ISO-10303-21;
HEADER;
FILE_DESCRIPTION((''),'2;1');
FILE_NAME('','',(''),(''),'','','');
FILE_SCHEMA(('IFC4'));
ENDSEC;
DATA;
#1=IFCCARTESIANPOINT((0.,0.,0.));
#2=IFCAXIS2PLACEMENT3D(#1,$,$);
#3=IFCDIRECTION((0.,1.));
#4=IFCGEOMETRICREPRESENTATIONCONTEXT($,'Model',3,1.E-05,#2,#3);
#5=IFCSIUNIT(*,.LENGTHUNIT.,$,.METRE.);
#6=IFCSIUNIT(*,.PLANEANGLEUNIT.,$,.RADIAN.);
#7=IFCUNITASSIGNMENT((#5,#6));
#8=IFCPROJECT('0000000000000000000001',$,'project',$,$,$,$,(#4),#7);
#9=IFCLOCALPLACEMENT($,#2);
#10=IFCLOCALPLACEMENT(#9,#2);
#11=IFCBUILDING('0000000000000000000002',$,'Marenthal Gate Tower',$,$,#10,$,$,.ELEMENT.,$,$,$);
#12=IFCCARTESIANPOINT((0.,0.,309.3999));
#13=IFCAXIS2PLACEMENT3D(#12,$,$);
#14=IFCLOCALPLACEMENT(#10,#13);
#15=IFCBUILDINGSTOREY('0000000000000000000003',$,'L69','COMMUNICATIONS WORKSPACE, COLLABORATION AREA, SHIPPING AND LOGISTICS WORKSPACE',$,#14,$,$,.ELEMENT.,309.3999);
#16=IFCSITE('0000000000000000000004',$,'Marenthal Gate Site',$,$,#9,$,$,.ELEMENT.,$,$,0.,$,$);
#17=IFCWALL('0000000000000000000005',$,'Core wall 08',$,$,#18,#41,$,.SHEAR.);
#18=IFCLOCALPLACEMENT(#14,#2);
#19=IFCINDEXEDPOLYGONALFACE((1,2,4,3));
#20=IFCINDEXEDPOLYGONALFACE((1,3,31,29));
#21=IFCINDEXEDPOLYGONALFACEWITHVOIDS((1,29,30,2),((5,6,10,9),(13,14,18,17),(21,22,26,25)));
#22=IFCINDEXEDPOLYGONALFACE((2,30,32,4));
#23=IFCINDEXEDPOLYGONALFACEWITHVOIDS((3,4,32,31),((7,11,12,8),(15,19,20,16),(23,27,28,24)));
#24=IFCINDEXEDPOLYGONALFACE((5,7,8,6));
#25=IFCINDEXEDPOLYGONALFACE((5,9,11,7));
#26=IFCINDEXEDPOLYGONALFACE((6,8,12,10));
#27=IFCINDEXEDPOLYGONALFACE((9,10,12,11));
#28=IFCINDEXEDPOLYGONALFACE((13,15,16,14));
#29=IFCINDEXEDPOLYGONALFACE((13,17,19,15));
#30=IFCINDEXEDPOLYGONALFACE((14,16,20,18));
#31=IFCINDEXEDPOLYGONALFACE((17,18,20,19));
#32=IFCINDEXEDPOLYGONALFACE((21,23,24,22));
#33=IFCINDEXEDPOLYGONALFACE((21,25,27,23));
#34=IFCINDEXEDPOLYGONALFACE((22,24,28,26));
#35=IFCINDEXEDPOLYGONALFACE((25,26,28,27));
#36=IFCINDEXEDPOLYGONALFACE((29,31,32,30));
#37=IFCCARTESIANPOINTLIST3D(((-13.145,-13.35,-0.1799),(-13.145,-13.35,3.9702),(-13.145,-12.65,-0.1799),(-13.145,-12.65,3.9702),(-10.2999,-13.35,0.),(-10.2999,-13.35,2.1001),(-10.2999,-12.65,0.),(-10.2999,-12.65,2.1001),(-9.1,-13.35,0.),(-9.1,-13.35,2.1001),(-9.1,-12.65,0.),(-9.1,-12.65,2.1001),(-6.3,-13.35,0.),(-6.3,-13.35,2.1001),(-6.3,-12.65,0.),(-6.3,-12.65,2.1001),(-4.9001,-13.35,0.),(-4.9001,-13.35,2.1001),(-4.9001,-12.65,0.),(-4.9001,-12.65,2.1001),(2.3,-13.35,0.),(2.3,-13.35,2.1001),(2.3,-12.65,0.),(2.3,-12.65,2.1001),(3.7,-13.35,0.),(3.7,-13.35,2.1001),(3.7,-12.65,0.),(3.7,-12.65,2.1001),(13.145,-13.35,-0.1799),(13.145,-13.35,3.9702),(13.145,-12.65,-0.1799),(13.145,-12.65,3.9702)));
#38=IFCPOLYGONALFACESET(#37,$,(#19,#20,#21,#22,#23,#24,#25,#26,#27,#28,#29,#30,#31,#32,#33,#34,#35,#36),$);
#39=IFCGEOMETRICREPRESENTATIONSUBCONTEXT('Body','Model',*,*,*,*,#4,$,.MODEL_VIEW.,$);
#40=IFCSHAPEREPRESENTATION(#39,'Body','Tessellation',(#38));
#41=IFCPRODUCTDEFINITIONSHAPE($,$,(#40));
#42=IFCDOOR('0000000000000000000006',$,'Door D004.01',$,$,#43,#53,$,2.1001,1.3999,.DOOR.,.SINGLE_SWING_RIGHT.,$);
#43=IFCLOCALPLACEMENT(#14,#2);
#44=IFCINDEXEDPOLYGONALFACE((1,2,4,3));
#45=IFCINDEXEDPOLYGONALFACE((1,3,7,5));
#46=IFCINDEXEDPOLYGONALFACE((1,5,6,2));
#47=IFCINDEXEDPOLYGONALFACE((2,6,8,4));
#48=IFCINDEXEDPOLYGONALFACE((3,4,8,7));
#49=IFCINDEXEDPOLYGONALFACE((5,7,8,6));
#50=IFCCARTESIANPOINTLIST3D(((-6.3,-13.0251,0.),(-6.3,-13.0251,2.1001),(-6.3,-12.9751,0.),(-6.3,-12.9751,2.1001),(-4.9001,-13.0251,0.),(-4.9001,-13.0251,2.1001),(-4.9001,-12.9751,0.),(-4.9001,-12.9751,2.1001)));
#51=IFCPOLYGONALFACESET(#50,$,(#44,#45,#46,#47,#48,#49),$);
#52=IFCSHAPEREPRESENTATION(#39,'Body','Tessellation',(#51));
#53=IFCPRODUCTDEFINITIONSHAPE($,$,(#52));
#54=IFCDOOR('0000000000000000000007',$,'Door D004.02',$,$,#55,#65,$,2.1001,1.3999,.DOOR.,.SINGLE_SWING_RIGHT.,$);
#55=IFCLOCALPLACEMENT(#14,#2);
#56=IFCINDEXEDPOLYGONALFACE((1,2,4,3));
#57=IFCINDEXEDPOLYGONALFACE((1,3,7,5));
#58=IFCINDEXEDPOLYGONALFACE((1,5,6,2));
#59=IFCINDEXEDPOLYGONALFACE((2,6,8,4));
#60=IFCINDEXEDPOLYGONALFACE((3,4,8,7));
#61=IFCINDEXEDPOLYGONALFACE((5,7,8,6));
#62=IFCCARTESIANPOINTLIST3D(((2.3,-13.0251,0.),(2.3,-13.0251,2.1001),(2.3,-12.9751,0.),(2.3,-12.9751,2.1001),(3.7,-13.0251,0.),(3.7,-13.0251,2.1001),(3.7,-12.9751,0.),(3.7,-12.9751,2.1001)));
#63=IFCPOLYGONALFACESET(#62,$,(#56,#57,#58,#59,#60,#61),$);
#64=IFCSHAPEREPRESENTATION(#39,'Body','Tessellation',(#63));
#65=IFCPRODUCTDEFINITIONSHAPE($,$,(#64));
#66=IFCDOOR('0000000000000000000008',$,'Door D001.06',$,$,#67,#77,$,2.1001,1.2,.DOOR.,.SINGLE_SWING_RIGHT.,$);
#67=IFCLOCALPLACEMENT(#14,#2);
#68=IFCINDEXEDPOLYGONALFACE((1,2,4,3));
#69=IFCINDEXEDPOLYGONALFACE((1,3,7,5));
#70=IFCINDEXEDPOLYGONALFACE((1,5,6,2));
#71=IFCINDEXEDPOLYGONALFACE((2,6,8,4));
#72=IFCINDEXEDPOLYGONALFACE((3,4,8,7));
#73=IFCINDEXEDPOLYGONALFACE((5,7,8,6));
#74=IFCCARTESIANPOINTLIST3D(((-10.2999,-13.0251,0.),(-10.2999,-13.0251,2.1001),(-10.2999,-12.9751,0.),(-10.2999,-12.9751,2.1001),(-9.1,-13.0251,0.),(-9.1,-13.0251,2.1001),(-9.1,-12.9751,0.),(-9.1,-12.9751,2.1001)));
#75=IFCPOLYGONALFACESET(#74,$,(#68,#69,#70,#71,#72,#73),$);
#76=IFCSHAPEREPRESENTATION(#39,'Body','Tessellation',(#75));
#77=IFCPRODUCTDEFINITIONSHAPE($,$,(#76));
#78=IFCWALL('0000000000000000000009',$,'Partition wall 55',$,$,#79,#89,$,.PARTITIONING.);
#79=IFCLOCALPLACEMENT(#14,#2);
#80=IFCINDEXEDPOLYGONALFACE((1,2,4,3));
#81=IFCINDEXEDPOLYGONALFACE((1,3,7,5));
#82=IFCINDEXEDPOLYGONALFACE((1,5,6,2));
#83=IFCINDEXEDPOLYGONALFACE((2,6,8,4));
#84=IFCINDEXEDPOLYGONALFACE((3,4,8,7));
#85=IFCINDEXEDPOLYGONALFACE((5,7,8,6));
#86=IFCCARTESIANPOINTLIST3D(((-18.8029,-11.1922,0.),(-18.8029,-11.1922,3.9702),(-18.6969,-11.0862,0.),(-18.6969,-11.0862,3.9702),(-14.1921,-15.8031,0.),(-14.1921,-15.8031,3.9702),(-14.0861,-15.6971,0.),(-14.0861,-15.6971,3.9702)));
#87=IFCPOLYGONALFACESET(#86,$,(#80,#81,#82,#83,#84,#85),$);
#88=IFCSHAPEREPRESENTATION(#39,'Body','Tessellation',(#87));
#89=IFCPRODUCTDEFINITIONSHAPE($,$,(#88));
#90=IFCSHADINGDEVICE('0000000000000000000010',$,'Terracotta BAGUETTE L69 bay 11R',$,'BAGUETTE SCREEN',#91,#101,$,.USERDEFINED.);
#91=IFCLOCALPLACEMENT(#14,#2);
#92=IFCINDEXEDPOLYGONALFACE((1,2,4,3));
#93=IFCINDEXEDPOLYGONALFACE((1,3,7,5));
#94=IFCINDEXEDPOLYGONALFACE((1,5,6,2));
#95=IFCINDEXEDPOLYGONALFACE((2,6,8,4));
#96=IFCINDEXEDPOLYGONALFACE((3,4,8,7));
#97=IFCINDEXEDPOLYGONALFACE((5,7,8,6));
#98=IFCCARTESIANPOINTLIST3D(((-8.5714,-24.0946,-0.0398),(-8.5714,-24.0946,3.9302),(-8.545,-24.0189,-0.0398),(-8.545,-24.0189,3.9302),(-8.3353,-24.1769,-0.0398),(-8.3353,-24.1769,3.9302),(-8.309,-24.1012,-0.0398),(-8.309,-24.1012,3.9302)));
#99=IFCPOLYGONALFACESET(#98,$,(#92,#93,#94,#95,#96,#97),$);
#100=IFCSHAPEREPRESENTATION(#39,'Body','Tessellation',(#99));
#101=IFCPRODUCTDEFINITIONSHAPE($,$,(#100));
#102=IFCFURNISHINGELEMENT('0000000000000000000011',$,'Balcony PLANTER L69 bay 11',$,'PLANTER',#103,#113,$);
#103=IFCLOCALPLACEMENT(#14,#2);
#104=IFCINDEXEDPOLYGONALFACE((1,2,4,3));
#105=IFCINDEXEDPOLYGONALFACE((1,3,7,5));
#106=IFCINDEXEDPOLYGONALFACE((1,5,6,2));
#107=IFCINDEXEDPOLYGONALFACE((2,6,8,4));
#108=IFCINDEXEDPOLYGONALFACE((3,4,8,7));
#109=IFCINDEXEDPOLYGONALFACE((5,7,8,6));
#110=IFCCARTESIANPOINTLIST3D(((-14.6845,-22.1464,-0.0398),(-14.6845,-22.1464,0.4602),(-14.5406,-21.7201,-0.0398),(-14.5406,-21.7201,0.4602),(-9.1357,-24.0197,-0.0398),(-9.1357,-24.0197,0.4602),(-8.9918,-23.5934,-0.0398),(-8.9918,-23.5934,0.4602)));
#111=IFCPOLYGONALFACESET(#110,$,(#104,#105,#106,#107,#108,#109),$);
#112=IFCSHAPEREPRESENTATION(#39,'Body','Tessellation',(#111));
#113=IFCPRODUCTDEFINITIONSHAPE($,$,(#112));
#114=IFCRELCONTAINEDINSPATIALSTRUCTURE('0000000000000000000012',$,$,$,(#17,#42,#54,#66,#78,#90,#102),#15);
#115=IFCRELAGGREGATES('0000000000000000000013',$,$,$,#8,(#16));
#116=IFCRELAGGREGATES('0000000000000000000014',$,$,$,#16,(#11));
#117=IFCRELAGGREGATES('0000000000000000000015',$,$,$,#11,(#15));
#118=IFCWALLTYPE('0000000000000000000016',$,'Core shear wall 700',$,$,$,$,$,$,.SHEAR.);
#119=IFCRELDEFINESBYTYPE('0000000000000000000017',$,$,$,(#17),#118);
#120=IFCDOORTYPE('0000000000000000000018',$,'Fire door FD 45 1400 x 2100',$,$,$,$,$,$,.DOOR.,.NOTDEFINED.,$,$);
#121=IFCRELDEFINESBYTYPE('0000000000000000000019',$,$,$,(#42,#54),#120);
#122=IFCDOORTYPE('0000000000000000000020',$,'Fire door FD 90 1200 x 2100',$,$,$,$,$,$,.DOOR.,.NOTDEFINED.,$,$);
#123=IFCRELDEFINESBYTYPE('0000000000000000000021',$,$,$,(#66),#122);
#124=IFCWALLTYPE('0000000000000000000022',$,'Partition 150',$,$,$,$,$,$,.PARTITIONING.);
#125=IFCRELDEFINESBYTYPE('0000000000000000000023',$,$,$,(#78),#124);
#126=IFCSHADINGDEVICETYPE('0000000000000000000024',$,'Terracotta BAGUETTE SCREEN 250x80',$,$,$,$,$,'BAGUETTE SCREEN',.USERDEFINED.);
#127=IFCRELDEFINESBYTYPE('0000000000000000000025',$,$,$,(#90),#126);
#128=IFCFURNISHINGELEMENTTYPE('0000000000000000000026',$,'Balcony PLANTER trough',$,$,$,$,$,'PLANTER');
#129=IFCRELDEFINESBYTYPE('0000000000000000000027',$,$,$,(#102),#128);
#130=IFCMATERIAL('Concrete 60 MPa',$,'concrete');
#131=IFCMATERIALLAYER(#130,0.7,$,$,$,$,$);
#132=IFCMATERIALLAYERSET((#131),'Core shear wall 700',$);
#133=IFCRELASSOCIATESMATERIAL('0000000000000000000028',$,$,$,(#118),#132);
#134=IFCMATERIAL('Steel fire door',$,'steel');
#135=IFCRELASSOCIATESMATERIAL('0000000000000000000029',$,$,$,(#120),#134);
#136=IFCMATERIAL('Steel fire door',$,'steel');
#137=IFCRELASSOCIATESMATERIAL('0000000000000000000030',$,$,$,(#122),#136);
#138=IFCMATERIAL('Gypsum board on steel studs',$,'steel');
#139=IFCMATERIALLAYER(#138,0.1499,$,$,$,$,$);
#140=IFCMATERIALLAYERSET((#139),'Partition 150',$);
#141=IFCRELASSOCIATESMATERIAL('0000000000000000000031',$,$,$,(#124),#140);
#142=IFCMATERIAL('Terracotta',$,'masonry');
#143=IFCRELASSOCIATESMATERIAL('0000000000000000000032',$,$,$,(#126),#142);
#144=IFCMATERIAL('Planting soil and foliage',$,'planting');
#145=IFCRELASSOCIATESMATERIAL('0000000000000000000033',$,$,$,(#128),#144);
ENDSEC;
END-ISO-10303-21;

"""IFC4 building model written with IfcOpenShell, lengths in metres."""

from ifc_helpers import new_model, si_unit, direction, frame, frame_2d, origin, origin_2d, place, context, subcontext, project, spatial, rectangle, extrude, material, layer, layer_set, material_profile, profile_set, type_object, element, fill, save


model = new_model("IFC4")

# Units and contexts
model_context = context("Model", 3, precision=1e-05, world=origin(), true_north=direction((0.0, 1.0)))
body_context = subcontext(model_context, "Body", "Model", "MODEL_VIEW")
ifc_project = project(units=[si_unit("LENGTHUNIT", "METRE"), si_unit("PLANEANGLEUNIT", "RADIAN")], contexts=[model_context])

# Site, building, storey
site_placement = place(None, origin())
site = spatial("IfcSite", under=ifc_project, at=site_placement, Name="Marenthal Gate Site", CompositionType="ELEMENT", RefElevation=0.0)
building_placement = place(site_placement, origin())
building = spatial("IfcBuilding", under=site, at=building_placement, Name="Marenthal Gate Tower", CompositionType="ELEMENT")
storey_placement = place(building_placement, frame((0.0, 0.0, 309.3999)))
storey = spatial("IfcBuildingStorey", under=building, at=storey_placement, Name="L69", Description="COMMUNICATIONS WORKSPACE, COLLABORATION AREA, SHIPPING AND LOGISTICS WORKSPACE", CompositionType="ELEMENT", Elevation=309.3999)

# Wall, openings, doors
ifc_material_1 = material(Name="Concrete 60 MPa", Category="concrete")
ifc_layer_1 = layer(ifc_material_1, 0.7)
ifc_layer_set_1 = layer_set([ifc_layer_1], Name="Core shear wall 700")
wall_type_1 = type_object("IfcWallType", Name="Core shear wall 700", PredefinedType="SHEAR", material=ifc_layer_set_1)
wall_1_placement = place(storey_placement, frame((-13.145, -13.0, -0.1799), z_axis=(0.0, 0.0, 1.0), x_axis=(1.0, 0.0, 0.0)))
wall_1 = element("IfcWall", 1, at=wall_1_placement, inside=storey, type_object=wall_type_1, Name="Core wall 08", PredefinedType="SHEAR", context=body_context, shape_type="SweptSolid", body=[
    extrude(rectangle(XDim=26.29, YDim=0.7, at=frame_2d((13.145, 0.0))), origin(), (0.0, 0.0, 1.0), 4.1501),
])
opening_1_placement = place(wall_1_placement, frame((2.845, 0.0, 0.1799)))
opening_1 = element("IfcOpeningElement", 2, at=opening_1_placement, cuts=wall_1, PredefinedType="OPENING", context=body_context, shape_type="SweptSolid", body=[
    extrude(rectangle(XDim=1.2, YDim=2.1001, at=frame_2d((0.6001, 1.05))), frame((0.0, 0.3599, 0.0), z_axis=(0.0, -1.0, 0.0), x_axis=(1.0, 0.0, 0.0)), (0.0, 0.0, 1.0), 0.72),
])
opening_2_placement = place(wall_1_placement, frame((6.845, 0.0, 0.1799)))
opening_2 = element("IfcOpeningElement", 3, at=opening_2_placement, cuts=wall_1, PredefinedType="OPENING", context=body_context, shape_type="SweptSolid", body=[
    extrude(rectangle(XDim=1.3999, YDim=2.1001, at=frame_2d((0.7, 1.05))), frame((0.0, 0.3599, 0.0), z_axis=(0.0, -1.0, 0.0), x_axis=(1.0, 0.0, 0.0)), (0.0, 0.0, 1.0), 0.72),
])
opening_3_placement = place(wall_1_placement, frame((15.4451, 0.0, 0.1799)))
opening_3 = element("IfcOpeningElement", 4, at=opening_3_placement, cuts=wall_1, PredefinedType="OPENING", context=body_context, shape_type="SweptSolid", body=[
    extrude(rectangle(XDim=1.3999, YDim=2.1001, at=frame_2d((0.7, 1.05))), frame((0.0, 0.3599, 0.0), z_axis=(0.0, -1.0, 0.0), x_axis=(1.0, 0.0, 0.0)), (0.0, 0.0, 1.0), 0.72),
])
ifc_material_2 = material(Name="Steel fire door", Category="steel")
door_type_1 = type_object("IfcDoorType", Name="Fire door FD 45 1400 x 2100", OperationType="NOTDEFINED", PredefinedType="DOOR", material=ifc_material_2)
door_1_placement = place(opening_2_placement, origin())
door_1 = element("IfcDoor", 5, at=door_1_placement, inside=storey, type_object=door_type_1, Name="Door D004.01", OperationType="SINGLE_SWING_RIGHT", OverallHeight=2.1001, OverallWidth=1.3999, PredefinedType="DOOR", context=body_context, shape_type="SweptSolid", body=[
    extrude(rectangle(XDim=1.3999, YDim=2.1001, at=frame_2d((0.7, 1.05))), frame((0.0, 0.0249, 0.0), z_axis=(0.0, -1.0, 0.0), x_axis=(1.0, 0.0, 0.0)), (0.0, 0.0, 1.0), 0.05),
])
fill(opening_2, door_1)
door_2_placement = place(opening_3_placement, origin())
door_2 = element("IfcDoor", 6, at=door_2_placement, inside=storey, type_object=door_type_1, Name="Door D004.02", OperationType="SINGLE_SWING_RIGHT", OverallHeight=2.1001, OverallWidth=1.3999, PredefinedType="DOOR", context=body_context, shape_type="SweptSolid", body=[
    extrude(rectangle(XDim=1.3999, YDim=2.1001, at=frame_2d((0.7, 1.05))), frame((0.0, 0.0249, 0.0), z_axis=(0.0, -1.0, 0.0), x_axis=(1.0, 0.0, 0.0)), (0.0, 0.0, 1.0), 0.05),
])
fill(opening_3, door_2)
ifc_material_3 = material(Name="Steel fire door", Category="steel")
door_type_2 = type_object("IfcDoorType", Name="Fire door FD 90 1200 x 2100", OperationType="NOTDEFINED", PredefinedType="DOOR", material=ifc_material_3)
door_3_placement = place(opening_1_placement, origin())
door_3 = element("IfcDoor", 7, at=door_3_placement, inside=storey, type_object=door_type_2, Name="Door D001.06", OperationType="SINGLE_SWING_RIGHT", OverallHeight=2.1001, OverallWidth=1.2, PredefinedType="DOOR", context=body_context, shape_type="SweptSolid", body=[
    extrude(rectangle(XDim=1.2, YDim=2.1001, at=frame_2d((0.6001, 1.05))), frame((0.0, 0.0249, 0.0), z_axis=(0.0, -1.0, 0.0), x_axis=(1.0, 0.0, 0.0)), (0.0, 0.0, 1.0), 0.05),
])
fill(opening_1, door_3)

# Wall
ifc_material_4 = material(Name="Gypsum board on steel studs", Category="steel")
ifc_layer_2 = layer(ifc_material_4, 0.1499)
ifc_layer_set_2 = layer_set([ifc_layer_2], Name="Partition 150")
wall_type_2 = type_object("IfcWallType", Name="Partition 150", PredefinedType="PARTITIONING", material=ifc_layer_set_2)
wall_2_placement = place(storey_placement, frame((-14.1392, -15.75, 0.0), z_axis=(0.0, 0.0, 1.0), x_axis=(-0.707107, 0.707107, 0.0)))
element("IfcWall", 8, at=wall_2_placement, inside=storey, type_object=wall_type_2, Name="Partition wall 55", PredefinedType="PARTITIONING", context=body_context, shape_type="SweptSolid", body=[
    extrude(rectangle(XDim=6.5208, YDim=0.1499, at=frame_2d((3.2603, 0.0))), origin(), (0.0, 0.0, 1.0), 3.9702),
])

# Shading device
ifc_material_5 = material(Name="Terracotta", Category="masonry")
ifc_material_profile_1 = material_profile(ifc_material_5, rectangle(XDim=0.25, YDim=0.0801, at=origin_2d()), Name="Terracotta baguette 250x80")
ifc_profile_set_1 = profile_set([ifc_material_profile_1], Name="Terracotta")
shading_device_type = type_object("IfcShadingDeviceType", Name="Terracotta BAGUETTE SCREEN 250x80", ElementType="BAGUETTE SCREEN", PredefinedType="USERDEFINED", material=ifc_profile_set_1)
shading_device_placement = place(storey_placement, frame((-8.4402, -24.0979, -0.0398), z_axis=(0.0, 0.0, 1.0), x_axis=(0.944249, -0.329232, 0.0)))
element("IfcShadingDevice", 9, at=shading_device_placement, inside=storey, type_object=shading_device_type, Name="Terracotta BAGUETTE L69 bay 11R", ObjectType="BAGUETTE SCREEN", PredefinedType="USERDEFINED", context=body_context, shape_type="SweptSolid", body=[
    extrude(rectangle(XDim=0.25, YDim=0.0801, at=origin_2d()), origin(), (0.0, 0.0, 1.0), 3.97),
])

# Furnishing element
ifc_material_6 = material(Name="Planting soil and foliage", Category="planting")
furnishing_element_type = type_object("IfcFurnishingElementType", Name="Balcony PLANTER trough", ElementType="PLANTER", material=ifc_material_6)
furnishing_placement = place(storey_placement, frame((-11.8381, -22.8699, -0.0398), z_axis=(0.0, 0.0, 1.0), x_axis=(0.947463, -0.319866, 0.0)))
element("IfcFurnishingElement", 10, at=furnishing_placement, inside=storey, type_object=furnishing_element_type, Name="Balcony PLANTER L69 bay 11", ObjectType="PLANTER", context=body_context, shape_type="SweptSolid", body=[
    extrude(rectangle(XDim=5.8564, YDim=0.45, at=origin_2d()), origin(), (0.0, 0.0, 1.0), 0.5),
])

save(model, "model.ifc")
